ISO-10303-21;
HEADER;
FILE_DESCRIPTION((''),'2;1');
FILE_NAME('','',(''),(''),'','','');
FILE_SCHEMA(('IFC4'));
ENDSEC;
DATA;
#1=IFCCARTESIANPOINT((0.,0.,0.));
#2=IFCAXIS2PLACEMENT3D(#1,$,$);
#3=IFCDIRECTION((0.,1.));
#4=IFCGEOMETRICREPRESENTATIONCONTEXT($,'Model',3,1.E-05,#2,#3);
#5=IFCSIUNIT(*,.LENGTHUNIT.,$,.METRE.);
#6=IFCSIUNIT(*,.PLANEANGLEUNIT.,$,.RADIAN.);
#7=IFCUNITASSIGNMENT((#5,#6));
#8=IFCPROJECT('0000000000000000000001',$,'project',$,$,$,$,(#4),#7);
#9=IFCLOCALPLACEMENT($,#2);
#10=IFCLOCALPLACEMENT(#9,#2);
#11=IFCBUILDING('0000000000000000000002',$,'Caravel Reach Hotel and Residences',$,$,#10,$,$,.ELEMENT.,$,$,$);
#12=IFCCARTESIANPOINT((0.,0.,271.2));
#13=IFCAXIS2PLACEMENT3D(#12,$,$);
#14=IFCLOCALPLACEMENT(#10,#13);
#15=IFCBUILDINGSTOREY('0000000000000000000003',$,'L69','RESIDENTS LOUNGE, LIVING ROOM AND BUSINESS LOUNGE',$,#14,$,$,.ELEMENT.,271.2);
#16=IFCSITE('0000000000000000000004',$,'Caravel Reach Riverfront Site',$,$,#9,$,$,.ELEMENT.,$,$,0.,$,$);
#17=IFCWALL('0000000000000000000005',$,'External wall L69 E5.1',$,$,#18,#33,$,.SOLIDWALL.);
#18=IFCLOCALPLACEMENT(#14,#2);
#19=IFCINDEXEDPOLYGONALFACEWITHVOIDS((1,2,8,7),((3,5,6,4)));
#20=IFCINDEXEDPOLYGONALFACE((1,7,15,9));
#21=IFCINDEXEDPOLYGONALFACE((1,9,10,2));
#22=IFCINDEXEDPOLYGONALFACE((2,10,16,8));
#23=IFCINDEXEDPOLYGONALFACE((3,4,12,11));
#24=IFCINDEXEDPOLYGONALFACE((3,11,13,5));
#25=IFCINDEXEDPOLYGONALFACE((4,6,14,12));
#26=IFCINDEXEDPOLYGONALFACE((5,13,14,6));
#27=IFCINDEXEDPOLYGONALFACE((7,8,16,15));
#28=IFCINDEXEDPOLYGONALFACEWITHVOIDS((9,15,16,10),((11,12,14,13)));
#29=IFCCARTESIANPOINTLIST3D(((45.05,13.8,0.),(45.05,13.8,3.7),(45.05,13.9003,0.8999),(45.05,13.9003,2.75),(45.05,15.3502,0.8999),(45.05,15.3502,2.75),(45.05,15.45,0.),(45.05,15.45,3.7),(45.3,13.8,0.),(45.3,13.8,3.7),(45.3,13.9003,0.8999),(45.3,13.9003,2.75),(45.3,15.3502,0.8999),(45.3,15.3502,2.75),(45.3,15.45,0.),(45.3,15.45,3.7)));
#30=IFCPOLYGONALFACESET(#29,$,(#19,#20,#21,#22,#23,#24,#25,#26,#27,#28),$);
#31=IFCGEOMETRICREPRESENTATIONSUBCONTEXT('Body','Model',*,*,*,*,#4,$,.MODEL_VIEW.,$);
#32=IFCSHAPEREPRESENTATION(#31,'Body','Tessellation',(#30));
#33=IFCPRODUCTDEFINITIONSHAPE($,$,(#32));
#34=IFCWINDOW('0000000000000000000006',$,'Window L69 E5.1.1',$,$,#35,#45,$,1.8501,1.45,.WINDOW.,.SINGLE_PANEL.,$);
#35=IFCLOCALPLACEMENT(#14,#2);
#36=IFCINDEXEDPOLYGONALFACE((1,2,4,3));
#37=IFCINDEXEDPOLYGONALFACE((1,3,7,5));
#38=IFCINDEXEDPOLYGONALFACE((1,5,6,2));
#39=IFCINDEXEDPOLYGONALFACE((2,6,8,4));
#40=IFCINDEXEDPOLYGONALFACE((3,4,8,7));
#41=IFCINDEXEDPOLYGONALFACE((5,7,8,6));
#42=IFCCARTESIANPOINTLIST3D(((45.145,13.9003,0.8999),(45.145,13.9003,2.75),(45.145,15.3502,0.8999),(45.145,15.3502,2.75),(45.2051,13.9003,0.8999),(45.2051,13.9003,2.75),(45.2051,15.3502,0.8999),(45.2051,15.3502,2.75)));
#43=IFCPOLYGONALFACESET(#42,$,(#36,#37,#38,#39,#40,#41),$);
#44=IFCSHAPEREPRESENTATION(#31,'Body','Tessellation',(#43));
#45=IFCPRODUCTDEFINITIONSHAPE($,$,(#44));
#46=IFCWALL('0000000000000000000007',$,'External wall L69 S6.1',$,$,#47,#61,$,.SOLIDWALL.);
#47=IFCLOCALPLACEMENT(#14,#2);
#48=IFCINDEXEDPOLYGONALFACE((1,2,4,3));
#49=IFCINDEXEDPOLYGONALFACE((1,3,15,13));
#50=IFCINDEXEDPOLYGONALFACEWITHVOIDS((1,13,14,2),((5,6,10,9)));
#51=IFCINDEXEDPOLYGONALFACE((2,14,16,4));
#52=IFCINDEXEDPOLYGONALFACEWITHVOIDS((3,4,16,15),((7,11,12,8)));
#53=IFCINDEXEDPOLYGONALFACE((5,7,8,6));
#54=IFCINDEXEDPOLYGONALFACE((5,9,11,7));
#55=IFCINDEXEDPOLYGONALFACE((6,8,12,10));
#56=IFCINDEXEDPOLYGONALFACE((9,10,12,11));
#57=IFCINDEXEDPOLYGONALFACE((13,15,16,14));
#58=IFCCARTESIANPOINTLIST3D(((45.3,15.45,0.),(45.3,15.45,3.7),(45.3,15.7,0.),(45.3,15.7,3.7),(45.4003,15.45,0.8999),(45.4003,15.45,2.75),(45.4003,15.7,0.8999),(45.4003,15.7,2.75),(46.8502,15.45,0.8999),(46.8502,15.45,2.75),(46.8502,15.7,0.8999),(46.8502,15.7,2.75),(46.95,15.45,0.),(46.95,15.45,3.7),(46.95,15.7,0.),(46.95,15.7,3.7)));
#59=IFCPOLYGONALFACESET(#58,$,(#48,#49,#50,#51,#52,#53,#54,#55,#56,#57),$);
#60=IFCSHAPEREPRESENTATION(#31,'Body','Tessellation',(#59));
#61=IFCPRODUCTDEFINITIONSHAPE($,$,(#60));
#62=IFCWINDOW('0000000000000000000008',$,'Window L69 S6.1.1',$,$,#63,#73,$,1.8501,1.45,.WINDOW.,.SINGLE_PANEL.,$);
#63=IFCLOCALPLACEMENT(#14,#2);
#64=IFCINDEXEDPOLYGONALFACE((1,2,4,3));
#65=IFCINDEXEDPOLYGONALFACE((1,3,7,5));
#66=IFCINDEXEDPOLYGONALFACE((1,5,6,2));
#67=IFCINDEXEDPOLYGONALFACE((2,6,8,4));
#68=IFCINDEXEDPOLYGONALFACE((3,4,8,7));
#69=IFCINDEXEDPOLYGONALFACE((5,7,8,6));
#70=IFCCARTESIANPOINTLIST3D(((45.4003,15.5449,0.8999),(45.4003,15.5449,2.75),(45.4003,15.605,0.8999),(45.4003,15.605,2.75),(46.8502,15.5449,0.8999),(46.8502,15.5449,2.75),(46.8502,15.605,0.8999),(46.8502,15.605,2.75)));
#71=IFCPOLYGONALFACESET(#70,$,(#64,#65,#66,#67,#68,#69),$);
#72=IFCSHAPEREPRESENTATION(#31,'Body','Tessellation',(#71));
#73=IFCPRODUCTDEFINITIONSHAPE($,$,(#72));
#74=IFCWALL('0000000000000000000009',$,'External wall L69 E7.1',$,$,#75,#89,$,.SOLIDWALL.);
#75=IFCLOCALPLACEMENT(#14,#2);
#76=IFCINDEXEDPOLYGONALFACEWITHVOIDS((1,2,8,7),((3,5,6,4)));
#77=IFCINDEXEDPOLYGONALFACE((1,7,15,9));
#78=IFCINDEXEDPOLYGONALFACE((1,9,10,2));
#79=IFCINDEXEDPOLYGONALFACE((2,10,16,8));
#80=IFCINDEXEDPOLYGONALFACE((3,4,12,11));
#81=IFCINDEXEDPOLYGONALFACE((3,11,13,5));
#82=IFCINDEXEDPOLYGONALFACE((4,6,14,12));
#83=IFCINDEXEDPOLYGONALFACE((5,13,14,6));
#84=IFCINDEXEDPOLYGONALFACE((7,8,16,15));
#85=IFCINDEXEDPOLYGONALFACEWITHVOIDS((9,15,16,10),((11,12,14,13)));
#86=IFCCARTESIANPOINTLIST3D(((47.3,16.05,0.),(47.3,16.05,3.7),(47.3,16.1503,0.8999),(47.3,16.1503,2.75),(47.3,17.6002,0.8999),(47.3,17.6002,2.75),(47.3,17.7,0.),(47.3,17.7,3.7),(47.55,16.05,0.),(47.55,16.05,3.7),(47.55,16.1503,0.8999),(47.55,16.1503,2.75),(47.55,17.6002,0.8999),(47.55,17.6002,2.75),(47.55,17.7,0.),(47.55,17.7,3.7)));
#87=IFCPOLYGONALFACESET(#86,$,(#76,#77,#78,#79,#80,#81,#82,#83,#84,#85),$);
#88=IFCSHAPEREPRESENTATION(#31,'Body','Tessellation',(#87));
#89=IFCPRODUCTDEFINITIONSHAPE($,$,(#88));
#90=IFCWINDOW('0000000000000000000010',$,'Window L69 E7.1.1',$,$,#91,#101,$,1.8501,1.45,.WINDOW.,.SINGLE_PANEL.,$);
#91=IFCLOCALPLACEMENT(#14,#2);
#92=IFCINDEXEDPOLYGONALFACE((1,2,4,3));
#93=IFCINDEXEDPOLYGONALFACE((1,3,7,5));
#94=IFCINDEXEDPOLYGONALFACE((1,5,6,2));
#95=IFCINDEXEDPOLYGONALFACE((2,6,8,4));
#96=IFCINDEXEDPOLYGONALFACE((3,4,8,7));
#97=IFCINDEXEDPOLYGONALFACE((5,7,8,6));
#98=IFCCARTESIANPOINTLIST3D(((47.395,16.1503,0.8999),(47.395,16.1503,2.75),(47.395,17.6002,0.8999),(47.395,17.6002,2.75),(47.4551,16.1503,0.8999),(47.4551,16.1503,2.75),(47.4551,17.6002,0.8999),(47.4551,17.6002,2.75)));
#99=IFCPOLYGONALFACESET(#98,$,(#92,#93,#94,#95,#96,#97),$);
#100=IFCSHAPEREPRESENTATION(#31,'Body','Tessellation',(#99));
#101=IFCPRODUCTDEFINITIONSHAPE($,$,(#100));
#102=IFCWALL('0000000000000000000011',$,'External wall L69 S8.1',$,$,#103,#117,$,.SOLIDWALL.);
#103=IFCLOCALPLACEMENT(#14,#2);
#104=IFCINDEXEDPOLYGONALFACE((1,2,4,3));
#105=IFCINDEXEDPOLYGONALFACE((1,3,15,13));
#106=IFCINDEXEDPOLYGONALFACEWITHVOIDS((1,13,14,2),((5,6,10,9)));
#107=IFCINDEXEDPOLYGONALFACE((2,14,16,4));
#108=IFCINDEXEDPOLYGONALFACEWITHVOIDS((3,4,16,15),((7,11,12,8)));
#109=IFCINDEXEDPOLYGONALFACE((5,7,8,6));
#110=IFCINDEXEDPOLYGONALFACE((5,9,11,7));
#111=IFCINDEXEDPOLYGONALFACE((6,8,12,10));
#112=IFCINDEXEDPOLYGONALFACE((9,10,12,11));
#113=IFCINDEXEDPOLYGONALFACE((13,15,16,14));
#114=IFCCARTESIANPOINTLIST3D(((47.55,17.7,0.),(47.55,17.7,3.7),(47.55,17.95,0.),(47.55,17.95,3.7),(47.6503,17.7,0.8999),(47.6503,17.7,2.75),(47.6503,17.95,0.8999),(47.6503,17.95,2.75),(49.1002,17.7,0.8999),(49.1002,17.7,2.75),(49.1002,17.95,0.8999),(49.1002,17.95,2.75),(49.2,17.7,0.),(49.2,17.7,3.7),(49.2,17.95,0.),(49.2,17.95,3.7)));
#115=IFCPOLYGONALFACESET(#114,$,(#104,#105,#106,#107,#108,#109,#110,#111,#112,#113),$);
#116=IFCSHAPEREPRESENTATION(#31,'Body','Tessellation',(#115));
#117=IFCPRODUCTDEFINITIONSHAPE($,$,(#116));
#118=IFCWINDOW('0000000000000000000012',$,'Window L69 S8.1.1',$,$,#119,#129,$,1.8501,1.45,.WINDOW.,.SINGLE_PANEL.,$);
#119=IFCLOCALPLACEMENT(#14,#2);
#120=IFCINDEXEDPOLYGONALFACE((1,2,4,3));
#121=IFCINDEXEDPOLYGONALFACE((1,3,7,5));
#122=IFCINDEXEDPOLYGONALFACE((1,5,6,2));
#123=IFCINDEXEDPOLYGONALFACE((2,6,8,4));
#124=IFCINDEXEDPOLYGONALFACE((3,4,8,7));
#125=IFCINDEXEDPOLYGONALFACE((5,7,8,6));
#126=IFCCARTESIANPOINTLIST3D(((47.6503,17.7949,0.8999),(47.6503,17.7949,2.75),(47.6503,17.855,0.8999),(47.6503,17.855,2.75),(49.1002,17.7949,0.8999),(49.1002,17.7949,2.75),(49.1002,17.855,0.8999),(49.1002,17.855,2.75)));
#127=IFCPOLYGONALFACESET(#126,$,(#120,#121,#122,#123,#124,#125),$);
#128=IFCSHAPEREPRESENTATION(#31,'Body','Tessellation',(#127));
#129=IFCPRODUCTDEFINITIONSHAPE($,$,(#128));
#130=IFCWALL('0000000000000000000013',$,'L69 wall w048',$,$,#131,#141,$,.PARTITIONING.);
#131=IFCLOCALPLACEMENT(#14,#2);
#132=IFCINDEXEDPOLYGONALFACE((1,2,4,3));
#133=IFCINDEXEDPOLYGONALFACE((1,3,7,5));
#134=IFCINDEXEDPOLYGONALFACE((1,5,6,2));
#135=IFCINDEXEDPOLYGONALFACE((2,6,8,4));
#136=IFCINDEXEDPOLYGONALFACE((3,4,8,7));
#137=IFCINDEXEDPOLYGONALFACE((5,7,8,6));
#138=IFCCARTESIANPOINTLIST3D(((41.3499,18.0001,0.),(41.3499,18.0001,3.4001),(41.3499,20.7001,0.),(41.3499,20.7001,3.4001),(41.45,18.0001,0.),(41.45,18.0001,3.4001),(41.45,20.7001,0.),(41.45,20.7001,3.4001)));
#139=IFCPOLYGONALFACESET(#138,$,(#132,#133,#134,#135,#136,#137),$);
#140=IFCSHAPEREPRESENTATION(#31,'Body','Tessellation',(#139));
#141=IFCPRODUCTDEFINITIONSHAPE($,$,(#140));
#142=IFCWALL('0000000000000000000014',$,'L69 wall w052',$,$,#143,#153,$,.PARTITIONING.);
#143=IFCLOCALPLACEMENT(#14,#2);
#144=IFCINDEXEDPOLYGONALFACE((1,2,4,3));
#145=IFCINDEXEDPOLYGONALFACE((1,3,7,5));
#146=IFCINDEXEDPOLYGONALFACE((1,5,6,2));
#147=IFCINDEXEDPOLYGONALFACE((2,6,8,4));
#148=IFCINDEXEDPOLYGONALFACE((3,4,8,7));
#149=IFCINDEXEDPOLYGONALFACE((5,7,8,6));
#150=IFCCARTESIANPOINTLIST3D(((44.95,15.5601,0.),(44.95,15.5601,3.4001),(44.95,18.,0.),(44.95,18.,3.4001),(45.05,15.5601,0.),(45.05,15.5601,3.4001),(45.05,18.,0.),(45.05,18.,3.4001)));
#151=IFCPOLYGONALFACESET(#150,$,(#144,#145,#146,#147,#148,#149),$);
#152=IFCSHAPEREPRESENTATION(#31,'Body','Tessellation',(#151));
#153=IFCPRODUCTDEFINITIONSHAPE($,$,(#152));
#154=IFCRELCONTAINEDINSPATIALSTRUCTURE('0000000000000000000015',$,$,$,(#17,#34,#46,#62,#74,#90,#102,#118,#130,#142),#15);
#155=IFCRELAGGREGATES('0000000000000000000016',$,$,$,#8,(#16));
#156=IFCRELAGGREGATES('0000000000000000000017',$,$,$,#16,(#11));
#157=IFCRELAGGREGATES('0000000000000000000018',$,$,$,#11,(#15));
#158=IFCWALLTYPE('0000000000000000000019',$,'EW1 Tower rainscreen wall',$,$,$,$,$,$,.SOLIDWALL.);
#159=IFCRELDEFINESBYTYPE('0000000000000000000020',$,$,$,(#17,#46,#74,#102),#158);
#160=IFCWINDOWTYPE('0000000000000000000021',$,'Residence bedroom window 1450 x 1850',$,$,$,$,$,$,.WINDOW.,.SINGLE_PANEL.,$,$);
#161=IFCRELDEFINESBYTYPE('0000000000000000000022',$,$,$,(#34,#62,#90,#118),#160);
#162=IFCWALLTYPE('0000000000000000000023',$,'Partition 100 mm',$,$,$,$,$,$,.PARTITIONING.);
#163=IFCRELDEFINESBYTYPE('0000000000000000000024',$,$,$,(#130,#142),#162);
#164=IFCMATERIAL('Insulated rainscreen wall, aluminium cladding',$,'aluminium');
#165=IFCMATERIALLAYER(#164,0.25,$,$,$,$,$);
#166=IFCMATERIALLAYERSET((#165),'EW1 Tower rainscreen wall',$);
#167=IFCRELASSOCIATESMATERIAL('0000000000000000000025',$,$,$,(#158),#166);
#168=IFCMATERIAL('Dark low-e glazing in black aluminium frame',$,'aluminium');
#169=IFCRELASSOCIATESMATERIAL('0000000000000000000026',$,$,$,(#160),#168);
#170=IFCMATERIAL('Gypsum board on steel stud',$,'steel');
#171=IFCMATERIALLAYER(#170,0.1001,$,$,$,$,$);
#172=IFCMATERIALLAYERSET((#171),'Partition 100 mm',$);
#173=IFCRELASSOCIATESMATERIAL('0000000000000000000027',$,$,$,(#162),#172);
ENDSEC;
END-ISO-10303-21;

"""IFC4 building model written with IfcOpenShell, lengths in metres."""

from ifc_helpers import new_model, si_unit, direction, frame, frame_2d, origin, place, context, subcontext, project, spatial, rectangle, extrude, material, layer, layer_set, type_object, element, fill, save


model = new_model("IFC4")

# Units and contexts
model_context = context("Model", 3, precision=1e-05, world=origin(), true_north=direction((0.0, 1.0)))
body_context = subcontext(model_context, "Body", "Model", "MODEL_VIEW")
ifc_project = project(units=[si_unit("LENGTHUNIT", "METRE"), si_unit("PLANEANGLEUNIT", "RADIAN")], contexts=[model_context])

# Site, building, storey
site_placement = place(None, origin())
site = spatial("IfcSite", under=ifc_project, at=site_placement, Name="Caravel Reach Riverfront Site", CompositionType="ELEMENT", RefElevation=0.0)
building_placement = place(site_placement, origin())
building = spatial("IfcBuilding", under=site, at=building_placement, Name="Caravel Reach Hotel and Residences", CompositionType="ELEMENT")
storey_placement = place(building_placement, frame((0.0, 0.0, 271.2)))
storey = spatial("IfcBuildingStorey", under=building, at=storey_placement, Name="L69", Description="RESIDENTS LOUNGE, LIVING ROOM AND BUSINESS LOUNGE", CompositionType="ELEMENT", Elevation=271.2)

# Walls, openings, windows
ifc_material_1 = material(Name="Insulated rainscreen wall, aluminium cladding", Category="aluminium")
ifc_layer_1 = layer(ifc_material_1, 0.25)
ifc_layer_set_1 = layer_set([ifc_layer_1], Name="EW1 Tower rainscreen wall")
wall_type_1 = type_object("IfcWallType", Name="EW1 Tower rainscreen wall", PredefinedType="SOLIDWALL", material=ifc_layer_set_1)
wall_1_placement = place(storey_placement, frame((45.175, 13.8, 0.0), z_axis=(0.0, 0.0, 1.0), x_axis=(0.0, 1.0, 0.0)))
wall_1 = element("IfcWall", 1, at=wall_1_placement, inside=storey, type_object=wall_type_1, Name="External wall L69 E5.1", PredefinedType="SOLIDWALL", context=body_context, shape_type="SweptSolid", body=[
    extrude(rectangle(XDim=1.6499, YDim=0.25, at=frame_2d((0.825, 0.0))), origin(), (0.0, 0.0, 1.0), 3.7),
])
opening_1_placement = place(wall_1_placement, frame((0.1001, 0.0, 0.8999)))
opening_1 = element("IfcOpeningElement", 2, at=opening_1_placement, cuts=wall_1, PredefinedType="OPENING", context=body_context, shape_type="SweptSolid", body=[
    extrude(rectangle(XDim=1.45, YDim=1.8501, at=frame_2d((0.7251, 0.925))), frame((0.0, 0.135, 0.0), z_axis=(0.0, -1.0, 0.0), x_axis=(1.0, 0.0, 0.0)), (0.0, 0.0, 1.0), 0.27),
])
ifc_material_2 = material(Name="Dark low-e glazing in black aluminium frame", Category="aluminium")
window_type = type_object("IfcWindowType", Name="Residence bedroom window 1450 x 1850", PartitioningType="SINGLE_PANEL", PredefinedType="WINDOW", material=ifc_material_2)
window_1_placement = place(opening_1_placement, origin())
window_1 = element("IfcWindow", 3, at=window_1_placement, inside=storey, type_object=window_type, Name="Window L69 E5.1.1", OverallHeight=1.8501, OverallWidth=1.45, PartitioningType="SINGLE_PANEL", PredefinedType="WINDOW", context=body_context, shape_type="SweptSolid", body=[
    extrude(rectangle(XDim=1.45, YDim=1.8501, at=frame_2d((0.7251, 0.925))), frame((0.0, 0.03, 0.0), z_axis=(0.0, -1.0, 0.0), x_axis=(1.0, 0.0, 0.0)), (0.0, 0.0, 1.0), 0.0601),
])
fill(opening_1, window_1)
wall_2_placement = place(storey_placement, frame((45.3, 15.575, 0.0), z_axis=(0.0, 0.0, 1.0), x_axis=(1.0, 0.0, 0.0)))
wall_2 = element("IfcWall", 4, at=wall_2_placement, inside=storey, type_object=wall_type_1, Name="External wall L69 S6.1", PredefinedType="SOLIDWALL", context=body_context, shape_type="SweptSolid", body=[
    extrude(rectangle(XDim=1.6499, YDim=0.25, at=frame_2d((0.825, 0.0))), origin(), (0.0, 0.0, 1.0), 3.7),
])
opening_2_placement = place(wall_2_placement, frame((0.1001, 0.0, 0.8999)))
opening_2 = element("IfcOpeningElement", 5, at=opening_2_placement, cuts=wall_2, PredefinedType="OPENING", context=body_context, shape_type="SweptSolid", body=[
    extrude(rectangle(XDim=1.45, YDim=1.8501, at=frame_2d((0.7251, 0.925))), frame((0.0, 0.135, 0.0), z_axis=(0.0, -1.0, 0.0), x_axis=(1.0, 0.0, 0.0)), (0.0, 0.0, 1.0), 0.27),
])
window_2_placement = place(opening_2_placement, origin())
window_2 = element("IfcWindow", 6, at=window_2_placement, inside=storey, type_object=window_type, Name="Window L69 S6.1.1", OverallHeight=1.8501, OverallWidth=1.45, PartitioningType="SINGLE_PANEL", PredefinedType="WINDOW", context=body_context, shape_type="SweptSolid", body=[
    extrude(rectangle(XDim=1.45, YDim=1.8501, at=frame_2d((0.7251, 0.925))), frame((0.0, 0.03, 0.0), z_axis=(0.0, -1.0, 0.0), x_axis=(1.0, 0.0, 0.0)), (0.0, 0.0, 1.0), 0.0601),
])
fill(opening_2, window_2)
wall_3_placement = place(storey_placement, frame((47.425, 16.05, 0.0), z_axis=(0.0, 0.0, 1.0), x_axis=(0.0, 1.0, 0.0)))
wall_3 = element("IfcWall", 7, at=wall_3_placement, inside=storey, type_object=wall_type_1, Name="External wall L69 E7.1", PredefinedType="SOLIDWALL", context=body_context, shape_type="SweptSolid", body=[
    extrude(rectangle(XDim=1.6499, YDim=0.25, at=frame_2d((0.825, 0.0))), origin(), (0.0, 0.0, 1.0), 3.7),
])
opening_3_placement = place(wall_3_placement, frame((0.1001, 0.0, 0.8999)))
opening_3 = element("IfcOpeningElement", 8, at=opening_3_placement, cuts=wall_3, PredefinedType="OPENING", context=body_context, shape_type="SweptSolid", body=[
    extrude(rectangle(XDim=1.45, YDim=1.8501, at=frame_2d((0.7251, 0.925))), frame((0.0, 0.135, 0.0), z_axis=(0.0, -1.0, 0.0), x_axis=(1.0, 0.0, 0.0)), (0.0, 0.0, 1.0), 0.27),
])
window_3_placement = place(opening_3_placement, origin())
window_3 = element("IfcWindow", 9, at=window_3_placement, inside=storey, type_object=window_type, Name="Window L69 E7.1.1", OverallHeight=1.8501, OverallWidth=1.45, PartitioningType="SINGLE_PANEL", PredefinedType="WINDOW", context=body_context, shape_type="SweptSolid", body=[
    extrude(rectangle(XDim=1.45, YDim=1.8501, at=frame_2d((0.7251, 0.925))), frame((0.0, 0.03, 0.0), z_axis=(0.0, -1.0, 0.0), x_axis=(1.0, 0.0, 0.0)), (0.0, 0.0, 1.0), 0.0601),
])
fill(opening_3, window_3)
wall_4_placement = place(storey_placement, frame((47.55, 17.825, 0.0), z_axis=(0.0, 0.0, 1.0), x_axis=(1.0, 0.0, 0.0)))
wall_4 = element("IfcWall", 10, at=wall_4_placement, inside=storey, type_object=wall_type_1, Name="External wall L69 S8.1", PredefinedType="SOLIDWALL", context=body_context, shape_type="SweptSolid", body=[
    extrude(rectangle(XDim=1.6499, YDim=0.25, at=frame_2d((0.825, 0.0))), origin(), (0.0, 0.0, 1.0), 3.7),
])
opening_4_placement = place(wall_4_placement, frame((0.1001, 0.0, 0.8999)))
opening_4 = element("IfcOpeningElement", 11, at=opening_4_placement, cuts=wall_4, PredefinedType="OPENING", context=body_context, shape_type="SweptSolid", body=[
    extrude(rectangle(XDim=1.45, YDim=1.8501, at=frame_2d((0.7251, 0.925))), frame((0.0, 0.135, 0.0), z_axis=(0.0, -1.0, 0.0), x_axis=(1.0, 0.0, 0.0)), (0.0, 0.0, 1.0), 0.27),
])
window_4_placement = place(opening_4_placement, origin())
window_4 = element("IfcWindow", 12, at=window_4_placement, inside=storey, type_object=window_type, Name="Window L69 S8.1.1", OverallHeight=1.8501, OverallWidth=1.45, PartitioningType="SINGLE_PANEL", PredefinedType="WINDOW", context=body_context, shape_type="SweptSolid", body=[
    extrude(rectangle(XDim=1.45, YDim=1.8501, at=frame_2d((0.7251, 0.925))), frame((0.0, 0.03, 0.0), z_axis=(0.0, -1.0, 0.0), x_axis=(1.0, 0.0, 0.0)), (0.0, 0.0, 1.0), 0.0601),
])
fill(opening_4, window_4)

# Walls
ifc_material_3 = material(Name="Gypsum board on steel stud", Category="steel")
ifc_layer_2 = layer(ifc_material_3, 0.1001)
ifc_layer_set_2 = layer_set([ifc_layer_2], Name="Partition 100 mm")
wall_type_2 = type_object("IfcWallType", Name="Partition 100 mm", PredefinedType="PARTITIONING", material=ifc_layer_set_2)
wall_5_placement = place(storey_placement, frame((41.3999, 18.0, 0.0), z_axis=(0.0, 0.0, 1.0), x_axis=(0.0, 1.0, 0.0)))
element("IfcWall", 13, at=wall_5_placement, inside=storey, type_object=wall_type_2, Name="L69 wall w048", PredefinedType="PARTITIONING", context=body_context, shape_type="SweptSolid", body=[
    extrude(rectangle(XDim=2.7, YDim=0.1001, at=frame_2d((1.3501, 0.0))), origin(), (0.0, 0.0, 1.0), 3.4001),
])
wall_6_placement = place(storey_placement, frame((45.0, 15.5601, 0.0), z_axis=(0.0, 0.0, 1.0), x_axis=(0.0, 1.0, 0.0)))
element("IfcWall", 14, at=wall_6_placement, inside=storey, type_object=wall_type_2, Name="L69 wall w052", PredefinedType="PARTITIONING", context=body_context, shape_type="SweptSolid", body=[
    extrude(rectangle(XDim=2.4399, YDim=0.1001, at=frame_2d((1.22, 0.0))), origin(), (0.0, 0.0, 1.0), 3.4001),
])

save(model, "model.ifc")
